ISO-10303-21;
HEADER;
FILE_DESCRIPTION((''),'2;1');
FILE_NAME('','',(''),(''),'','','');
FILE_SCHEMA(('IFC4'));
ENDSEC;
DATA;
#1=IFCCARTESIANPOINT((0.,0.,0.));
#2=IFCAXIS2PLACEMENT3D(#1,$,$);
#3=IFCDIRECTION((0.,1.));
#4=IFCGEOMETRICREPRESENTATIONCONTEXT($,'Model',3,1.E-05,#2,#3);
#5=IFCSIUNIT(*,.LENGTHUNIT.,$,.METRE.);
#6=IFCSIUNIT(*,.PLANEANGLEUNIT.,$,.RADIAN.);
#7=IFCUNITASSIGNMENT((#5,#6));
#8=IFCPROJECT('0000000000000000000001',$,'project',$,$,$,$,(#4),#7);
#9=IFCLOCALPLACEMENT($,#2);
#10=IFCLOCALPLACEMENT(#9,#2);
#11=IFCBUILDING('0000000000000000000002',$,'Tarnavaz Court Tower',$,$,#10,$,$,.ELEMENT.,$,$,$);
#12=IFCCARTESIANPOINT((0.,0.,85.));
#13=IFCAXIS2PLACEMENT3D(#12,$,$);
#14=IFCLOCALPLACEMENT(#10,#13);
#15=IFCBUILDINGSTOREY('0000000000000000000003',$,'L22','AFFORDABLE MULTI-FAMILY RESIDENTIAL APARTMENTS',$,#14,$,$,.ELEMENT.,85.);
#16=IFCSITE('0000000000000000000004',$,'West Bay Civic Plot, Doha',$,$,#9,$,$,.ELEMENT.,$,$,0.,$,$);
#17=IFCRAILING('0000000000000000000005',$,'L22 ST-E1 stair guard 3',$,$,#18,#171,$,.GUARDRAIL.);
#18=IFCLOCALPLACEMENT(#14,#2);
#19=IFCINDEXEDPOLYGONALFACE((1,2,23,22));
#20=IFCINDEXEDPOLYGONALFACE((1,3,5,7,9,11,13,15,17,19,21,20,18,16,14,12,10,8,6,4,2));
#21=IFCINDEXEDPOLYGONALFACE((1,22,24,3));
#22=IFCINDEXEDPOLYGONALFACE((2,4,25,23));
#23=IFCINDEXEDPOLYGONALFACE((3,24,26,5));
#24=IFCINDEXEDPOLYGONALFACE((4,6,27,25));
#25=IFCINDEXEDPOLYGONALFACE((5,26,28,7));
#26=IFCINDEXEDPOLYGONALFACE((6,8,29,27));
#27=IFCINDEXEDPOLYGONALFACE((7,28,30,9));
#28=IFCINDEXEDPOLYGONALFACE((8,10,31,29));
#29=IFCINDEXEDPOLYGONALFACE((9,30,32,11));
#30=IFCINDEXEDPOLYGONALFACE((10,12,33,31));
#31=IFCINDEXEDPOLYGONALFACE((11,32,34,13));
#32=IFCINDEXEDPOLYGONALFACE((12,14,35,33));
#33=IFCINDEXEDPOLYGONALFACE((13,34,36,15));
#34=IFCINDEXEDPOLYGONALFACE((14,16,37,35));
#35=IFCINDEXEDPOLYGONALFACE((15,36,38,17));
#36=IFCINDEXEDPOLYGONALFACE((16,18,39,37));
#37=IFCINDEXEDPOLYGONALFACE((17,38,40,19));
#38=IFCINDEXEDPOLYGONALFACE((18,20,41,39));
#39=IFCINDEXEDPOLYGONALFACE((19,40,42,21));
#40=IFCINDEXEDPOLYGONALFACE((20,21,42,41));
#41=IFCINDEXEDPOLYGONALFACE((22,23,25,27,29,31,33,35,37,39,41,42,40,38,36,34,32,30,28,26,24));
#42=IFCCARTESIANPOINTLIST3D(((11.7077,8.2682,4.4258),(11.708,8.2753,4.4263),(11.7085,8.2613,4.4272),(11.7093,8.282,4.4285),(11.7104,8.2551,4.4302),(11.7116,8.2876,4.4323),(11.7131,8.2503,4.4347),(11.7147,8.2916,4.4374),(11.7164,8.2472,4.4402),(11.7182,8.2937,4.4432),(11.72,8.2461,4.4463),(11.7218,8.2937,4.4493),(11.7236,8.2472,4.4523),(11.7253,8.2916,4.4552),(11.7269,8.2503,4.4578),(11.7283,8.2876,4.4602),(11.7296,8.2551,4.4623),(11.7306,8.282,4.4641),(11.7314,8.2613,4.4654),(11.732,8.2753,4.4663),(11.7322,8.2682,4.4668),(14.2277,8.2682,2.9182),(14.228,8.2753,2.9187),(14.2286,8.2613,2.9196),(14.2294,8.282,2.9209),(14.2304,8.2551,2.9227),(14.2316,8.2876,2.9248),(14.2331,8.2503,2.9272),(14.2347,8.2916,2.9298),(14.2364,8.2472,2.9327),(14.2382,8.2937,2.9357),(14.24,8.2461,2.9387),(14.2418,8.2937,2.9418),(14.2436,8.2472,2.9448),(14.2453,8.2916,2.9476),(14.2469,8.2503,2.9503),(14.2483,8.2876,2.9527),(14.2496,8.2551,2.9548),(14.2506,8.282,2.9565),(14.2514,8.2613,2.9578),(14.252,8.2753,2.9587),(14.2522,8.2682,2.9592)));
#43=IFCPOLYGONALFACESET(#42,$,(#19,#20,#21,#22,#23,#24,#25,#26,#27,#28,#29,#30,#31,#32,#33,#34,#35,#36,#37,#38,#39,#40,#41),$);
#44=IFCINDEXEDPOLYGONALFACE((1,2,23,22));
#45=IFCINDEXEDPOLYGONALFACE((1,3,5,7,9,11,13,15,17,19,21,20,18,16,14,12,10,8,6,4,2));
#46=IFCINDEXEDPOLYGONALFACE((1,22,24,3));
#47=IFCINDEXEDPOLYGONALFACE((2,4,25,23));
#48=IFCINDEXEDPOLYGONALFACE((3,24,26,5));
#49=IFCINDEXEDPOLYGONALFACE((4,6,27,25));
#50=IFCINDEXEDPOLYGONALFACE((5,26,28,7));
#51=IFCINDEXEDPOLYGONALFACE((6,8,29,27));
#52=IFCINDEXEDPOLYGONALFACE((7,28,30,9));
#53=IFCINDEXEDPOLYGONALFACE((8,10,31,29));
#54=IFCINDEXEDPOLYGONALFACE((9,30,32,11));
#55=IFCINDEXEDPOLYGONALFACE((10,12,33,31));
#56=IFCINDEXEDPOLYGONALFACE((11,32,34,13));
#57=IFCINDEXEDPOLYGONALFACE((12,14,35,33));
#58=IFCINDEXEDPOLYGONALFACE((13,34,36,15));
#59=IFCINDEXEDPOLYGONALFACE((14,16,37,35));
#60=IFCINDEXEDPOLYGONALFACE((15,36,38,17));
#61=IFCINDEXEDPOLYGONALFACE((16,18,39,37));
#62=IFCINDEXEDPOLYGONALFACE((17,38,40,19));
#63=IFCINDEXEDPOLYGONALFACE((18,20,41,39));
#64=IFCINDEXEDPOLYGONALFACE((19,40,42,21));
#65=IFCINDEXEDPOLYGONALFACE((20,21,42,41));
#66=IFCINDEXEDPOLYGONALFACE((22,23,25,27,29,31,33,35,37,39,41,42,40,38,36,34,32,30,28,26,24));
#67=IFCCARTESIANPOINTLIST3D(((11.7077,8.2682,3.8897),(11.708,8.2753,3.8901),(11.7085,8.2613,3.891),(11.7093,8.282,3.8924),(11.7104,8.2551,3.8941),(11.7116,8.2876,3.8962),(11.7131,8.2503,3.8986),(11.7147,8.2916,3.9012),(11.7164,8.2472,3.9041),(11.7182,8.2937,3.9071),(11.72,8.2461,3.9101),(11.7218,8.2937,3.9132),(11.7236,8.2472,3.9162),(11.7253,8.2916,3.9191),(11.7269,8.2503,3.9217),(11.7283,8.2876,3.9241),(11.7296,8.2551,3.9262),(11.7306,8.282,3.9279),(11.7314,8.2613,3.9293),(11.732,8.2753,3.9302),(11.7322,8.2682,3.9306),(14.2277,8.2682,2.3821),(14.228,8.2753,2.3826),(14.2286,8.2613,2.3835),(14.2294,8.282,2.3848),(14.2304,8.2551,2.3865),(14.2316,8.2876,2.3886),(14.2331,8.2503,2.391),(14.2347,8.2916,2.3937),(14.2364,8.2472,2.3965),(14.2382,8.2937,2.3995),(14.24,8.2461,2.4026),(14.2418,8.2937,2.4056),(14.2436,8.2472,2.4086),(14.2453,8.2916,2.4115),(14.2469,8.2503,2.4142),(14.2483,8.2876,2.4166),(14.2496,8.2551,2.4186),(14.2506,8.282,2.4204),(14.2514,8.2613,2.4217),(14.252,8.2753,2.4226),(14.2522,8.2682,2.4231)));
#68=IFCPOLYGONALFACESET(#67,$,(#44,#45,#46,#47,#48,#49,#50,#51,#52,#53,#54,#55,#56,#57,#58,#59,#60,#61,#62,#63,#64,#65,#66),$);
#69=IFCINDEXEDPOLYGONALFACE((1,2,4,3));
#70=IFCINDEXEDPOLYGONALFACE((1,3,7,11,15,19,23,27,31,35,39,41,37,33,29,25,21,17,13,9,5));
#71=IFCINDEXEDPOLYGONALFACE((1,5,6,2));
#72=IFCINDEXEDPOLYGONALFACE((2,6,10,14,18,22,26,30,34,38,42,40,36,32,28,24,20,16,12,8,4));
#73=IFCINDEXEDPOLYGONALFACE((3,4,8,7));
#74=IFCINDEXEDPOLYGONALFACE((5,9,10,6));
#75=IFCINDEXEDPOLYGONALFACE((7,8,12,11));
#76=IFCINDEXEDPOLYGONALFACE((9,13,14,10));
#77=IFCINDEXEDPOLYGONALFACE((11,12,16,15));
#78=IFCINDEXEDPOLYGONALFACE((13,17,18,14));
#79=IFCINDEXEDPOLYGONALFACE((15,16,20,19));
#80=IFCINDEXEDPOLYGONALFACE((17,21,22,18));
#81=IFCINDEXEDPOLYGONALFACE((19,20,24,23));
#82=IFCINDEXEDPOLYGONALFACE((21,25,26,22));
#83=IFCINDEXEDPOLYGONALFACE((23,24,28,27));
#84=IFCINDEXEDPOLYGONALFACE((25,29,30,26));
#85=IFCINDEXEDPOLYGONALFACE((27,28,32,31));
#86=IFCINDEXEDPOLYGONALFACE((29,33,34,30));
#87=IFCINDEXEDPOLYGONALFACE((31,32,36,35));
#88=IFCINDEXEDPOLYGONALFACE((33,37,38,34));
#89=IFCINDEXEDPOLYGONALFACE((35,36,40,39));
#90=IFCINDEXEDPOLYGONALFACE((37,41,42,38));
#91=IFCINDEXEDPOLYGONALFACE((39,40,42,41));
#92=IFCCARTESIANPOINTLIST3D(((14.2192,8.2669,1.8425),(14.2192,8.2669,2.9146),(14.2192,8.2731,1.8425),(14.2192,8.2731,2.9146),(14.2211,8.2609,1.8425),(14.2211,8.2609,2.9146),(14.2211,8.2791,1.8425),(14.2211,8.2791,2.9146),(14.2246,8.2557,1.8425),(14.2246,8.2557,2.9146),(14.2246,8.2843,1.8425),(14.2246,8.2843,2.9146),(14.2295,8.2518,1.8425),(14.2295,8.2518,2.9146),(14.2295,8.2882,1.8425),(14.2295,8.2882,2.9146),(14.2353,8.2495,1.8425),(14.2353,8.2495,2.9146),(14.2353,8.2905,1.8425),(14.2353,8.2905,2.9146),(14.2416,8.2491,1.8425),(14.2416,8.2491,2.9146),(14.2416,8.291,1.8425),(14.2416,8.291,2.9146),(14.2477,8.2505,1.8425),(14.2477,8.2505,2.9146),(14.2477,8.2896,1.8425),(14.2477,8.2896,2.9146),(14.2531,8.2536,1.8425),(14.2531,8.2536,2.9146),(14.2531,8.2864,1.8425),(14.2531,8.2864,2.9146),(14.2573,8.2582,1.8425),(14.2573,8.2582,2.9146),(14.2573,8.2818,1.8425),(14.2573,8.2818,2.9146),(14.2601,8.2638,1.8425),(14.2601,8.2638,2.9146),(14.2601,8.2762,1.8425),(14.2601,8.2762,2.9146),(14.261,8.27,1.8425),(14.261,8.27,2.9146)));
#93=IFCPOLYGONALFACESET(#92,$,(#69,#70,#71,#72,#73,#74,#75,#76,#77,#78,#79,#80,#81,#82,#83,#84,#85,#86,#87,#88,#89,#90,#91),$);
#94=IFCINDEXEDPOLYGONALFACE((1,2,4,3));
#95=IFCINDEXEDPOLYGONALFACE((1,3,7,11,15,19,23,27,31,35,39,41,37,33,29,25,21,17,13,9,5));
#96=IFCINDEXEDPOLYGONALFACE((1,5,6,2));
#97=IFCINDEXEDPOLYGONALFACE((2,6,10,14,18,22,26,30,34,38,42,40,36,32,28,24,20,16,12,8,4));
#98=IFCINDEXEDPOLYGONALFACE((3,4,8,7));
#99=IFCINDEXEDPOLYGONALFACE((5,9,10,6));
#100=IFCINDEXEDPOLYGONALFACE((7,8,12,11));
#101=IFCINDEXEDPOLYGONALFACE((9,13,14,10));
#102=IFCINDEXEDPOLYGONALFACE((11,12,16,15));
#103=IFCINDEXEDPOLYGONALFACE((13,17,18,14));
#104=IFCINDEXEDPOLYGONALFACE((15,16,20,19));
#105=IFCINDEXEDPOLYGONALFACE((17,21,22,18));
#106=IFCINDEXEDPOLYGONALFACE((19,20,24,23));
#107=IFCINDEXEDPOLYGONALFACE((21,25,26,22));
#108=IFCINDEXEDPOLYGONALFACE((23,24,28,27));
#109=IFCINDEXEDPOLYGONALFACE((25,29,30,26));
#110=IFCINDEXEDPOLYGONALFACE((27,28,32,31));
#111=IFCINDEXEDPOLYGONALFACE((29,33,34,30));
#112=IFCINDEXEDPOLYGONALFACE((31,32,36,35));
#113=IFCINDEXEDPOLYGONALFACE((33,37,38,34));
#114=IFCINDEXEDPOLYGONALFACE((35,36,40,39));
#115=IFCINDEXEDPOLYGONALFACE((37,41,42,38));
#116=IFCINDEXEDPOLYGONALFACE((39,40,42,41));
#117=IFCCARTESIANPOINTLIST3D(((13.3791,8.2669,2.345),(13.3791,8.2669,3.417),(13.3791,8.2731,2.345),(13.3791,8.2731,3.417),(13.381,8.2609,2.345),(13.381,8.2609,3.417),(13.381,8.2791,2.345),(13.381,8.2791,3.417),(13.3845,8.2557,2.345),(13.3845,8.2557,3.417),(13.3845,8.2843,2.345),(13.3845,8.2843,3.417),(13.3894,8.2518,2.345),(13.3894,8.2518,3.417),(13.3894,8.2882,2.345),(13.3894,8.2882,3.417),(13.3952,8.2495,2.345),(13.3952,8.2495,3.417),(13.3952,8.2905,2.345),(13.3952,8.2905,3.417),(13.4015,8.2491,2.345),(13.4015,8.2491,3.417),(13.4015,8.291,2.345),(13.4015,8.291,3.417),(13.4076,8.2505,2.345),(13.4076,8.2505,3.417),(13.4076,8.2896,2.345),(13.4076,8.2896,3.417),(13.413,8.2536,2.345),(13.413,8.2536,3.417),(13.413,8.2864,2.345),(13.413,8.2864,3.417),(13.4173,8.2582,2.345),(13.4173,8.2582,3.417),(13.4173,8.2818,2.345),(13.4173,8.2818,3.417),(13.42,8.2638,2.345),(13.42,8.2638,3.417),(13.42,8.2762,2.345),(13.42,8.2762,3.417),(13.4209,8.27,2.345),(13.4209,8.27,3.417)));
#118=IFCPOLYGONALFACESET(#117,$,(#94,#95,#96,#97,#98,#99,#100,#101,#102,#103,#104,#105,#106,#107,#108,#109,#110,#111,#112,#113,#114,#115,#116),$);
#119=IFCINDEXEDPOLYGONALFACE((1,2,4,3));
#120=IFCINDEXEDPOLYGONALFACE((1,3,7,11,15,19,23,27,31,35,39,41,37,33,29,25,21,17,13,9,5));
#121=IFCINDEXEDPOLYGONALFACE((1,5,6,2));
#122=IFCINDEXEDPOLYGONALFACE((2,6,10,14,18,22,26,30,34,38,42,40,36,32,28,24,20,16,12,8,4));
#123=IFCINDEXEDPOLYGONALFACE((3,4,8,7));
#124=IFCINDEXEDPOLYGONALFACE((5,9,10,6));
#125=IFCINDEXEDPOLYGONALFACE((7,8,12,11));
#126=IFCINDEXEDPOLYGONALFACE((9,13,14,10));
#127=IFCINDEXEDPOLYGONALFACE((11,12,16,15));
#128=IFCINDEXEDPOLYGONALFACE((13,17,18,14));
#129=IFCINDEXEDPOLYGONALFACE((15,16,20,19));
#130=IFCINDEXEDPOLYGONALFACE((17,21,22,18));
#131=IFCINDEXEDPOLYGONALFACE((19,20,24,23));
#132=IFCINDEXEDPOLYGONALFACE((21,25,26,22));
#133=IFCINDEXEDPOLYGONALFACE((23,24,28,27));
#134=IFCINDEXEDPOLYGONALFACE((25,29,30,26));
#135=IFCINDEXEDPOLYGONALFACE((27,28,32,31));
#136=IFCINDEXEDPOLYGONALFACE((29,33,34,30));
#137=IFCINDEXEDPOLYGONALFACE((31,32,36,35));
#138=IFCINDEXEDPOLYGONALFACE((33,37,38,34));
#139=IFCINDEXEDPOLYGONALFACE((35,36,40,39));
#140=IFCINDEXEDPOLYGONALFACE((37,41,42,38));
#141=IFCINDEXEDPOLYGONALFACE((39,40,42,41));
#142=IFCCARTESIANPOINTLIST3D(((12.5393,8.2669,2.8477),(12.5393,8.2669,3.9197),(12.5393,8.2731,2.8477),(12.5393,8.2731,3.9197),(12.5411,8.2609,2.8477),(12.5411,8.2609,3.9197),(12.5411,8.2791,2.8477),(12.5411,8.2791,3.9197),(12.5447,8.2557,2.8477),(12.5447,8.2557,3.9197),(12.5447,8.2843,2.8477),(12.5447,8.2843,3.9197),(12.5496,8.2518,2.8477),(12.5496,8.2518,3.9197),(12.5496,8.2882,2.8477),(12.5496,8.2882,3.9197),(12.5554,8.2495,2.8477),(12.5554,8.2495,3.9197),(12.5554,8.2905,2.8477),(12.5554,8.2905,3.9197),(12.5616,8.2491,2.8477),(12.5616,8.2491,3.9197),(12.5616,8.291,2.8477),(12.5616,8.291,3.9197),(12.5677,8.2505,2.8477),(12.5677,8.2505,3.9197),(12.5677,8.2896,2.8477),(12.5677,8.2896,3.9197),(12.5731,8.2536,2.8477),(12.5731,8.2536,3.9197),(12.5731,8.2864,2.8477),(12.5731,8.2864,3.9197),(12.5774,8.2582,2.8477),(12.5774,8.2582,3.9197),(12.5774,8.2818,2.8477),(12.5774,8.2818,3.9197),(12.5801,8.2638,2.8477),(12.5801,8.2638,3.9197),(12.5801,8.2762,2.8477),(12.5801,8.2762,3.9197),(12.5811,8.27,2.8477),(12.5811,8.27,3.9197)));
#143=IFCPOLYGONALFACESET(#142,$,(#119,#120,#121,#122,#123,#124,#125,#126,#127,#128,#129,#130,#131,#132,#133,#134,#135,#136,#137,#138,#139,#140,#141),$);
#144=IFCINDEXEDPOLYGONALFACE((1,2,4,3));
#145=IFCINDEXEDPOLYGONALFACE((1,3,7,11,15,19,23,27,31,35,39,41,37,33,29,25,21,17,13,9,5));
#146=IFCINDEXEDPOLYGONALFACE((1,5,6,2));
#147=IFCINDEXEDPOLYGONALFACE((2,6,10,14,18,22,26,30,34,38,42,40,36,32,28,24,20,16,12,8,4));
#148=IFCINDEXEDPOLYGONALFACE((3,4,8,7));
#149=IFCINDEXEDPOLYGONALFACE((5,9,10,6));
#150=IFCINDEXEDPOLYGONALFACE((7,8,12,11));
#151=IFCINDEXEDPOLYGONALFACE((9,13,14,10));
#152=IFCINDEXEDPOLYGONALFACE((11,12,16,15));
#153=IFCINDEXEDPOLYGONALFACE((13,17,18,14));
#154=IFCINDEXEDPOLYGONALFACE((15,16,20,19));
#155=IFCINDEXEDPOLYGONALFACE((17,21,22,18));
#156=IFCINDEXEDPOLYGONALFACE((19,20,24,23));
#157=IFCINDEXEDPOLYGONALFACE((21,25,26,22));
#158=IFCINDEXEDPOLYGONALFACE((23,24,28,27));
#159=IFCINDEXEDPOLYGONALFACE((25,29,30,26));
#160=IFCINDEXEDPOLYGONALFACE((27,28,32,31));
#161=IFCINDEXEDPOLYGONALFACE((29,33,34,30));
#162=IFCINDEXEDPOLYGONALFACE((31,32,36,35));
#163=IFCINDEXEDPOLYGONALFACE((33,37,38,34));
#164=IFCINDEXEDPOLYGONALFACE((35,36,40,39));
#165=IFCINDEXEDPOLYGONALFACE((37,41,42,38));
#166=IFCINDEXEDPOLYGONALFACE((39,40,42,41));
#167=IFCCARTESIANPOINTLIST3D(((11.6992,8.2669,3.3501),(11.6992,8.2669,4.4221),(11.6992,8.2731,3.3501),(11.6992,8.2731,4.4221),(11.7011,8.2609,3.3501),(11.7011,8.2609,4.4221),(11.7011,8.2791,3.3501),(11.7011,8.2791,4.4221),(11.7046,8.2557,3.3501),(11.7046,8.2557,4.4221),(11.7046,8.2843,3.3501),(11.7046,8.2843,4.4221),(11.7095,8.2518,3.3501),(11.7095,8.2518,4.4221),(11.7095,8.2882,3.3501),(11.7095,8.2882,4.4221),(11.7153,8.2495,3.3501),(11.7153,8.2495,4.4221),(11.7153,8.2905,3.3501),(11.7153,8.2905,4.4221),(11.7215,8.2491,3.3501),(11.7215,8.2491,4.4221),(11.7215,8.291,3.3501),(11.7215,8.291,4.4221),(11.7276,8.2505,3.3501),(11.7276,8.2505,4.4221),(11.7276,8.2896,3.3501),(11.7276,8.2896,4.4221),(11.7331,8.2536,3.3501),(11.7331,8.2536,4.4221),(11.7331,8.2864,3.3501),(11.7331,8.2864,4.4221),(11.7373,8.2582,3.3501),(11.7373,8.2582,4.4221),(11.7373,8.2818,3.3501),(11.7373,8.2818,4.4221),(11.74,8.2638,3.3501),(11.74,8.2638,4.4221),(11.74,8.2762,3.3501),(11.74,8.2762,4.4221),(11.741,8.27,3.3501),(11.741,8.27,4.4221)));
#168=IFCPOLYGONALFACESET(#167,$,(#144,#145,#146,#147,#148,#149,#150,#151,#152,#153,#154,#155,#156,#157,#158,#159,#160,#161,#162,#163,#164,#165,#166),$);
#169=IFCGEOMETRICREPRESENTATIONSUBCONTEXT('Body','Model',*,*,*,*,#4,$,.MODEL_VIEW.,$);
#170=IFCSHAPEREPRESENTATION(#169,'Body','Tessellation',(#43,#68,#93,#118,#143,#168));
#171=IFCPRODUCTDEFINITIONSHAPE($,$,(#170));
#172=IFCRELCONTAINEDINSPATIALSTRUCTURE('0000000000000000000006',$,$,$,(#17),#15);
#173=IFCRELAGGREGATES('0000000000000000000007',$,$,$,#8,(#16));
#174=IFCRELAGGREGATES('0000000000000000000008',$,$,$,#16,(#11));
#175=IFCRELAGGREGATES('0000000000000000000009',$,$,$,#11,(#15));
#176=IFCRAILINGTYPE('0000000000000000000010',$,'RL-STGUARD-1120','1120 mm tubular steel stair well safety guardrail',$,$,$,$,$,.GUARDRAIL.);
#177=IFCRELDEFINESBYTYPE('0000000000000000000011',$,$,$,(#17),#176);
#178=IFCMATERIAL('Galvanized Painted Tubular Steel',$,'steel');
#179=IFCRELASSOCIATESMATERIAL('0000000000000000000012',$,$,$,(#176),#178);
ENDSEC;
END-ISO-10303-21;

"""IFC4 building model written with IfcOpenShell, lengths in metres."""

from ifc_helpers import new_model, si_unit, direction, frame, origin, origin_2d, place, context, subcontext, project, spatial, circle, extrude, material, type_object, element, save


model = new_model("IFC4")

# Units and contexts
model_context = context("Model", 3, precision=1e-05, world=origin(), true_north=direction((0.0, 1.0)))
body_context = subcontext(model_context, "Body", "Model", "MODEL_VIEW")
ifc_project = project(units=[si_unit("LENGTHUNIT", "METRE"), si_unit("PLANEANGLEUNIT", "RADIAN")], contexts=[model_context])

# Site, building, storey
site_placement = place(None, origin())
site = spatial("IfcSite", under=ifc_project, at=site_placement, Name="West Bay Civic Plot, Doha", CompositionType="ELEMENT", RefElevation=0.0)
building_placement = place(site_placement, origin())
building = spatial("IfcBuilding", under=site, at=building_placement, Name="Tarnavaz Court Tower", CompositionType="ELEMENT")
storey_placement = place(building_placement, frame((0.0, 0.0, 85.0)))
storey = spatial("IfcBuildingStorey", under=building, at=storey_placement, Name="L22", Description="AFFORDABLE MULTI-FAMILY RESIDENTIAL APARTMENTS", CompositionType="ELEMENT", Elevation=85.0)

# Railing
ifc_material_1 = material(Name="Galvanized Painted Tubular Steel", Category="steel")
railing_type_1 = type_object("IfcRailingType", Name="RL-STGUARD-1120", Description="1120 mm tubular steel stair well safety guardrail", PredefinedType="GUARDRAIL", material=ifc_material_1)
railing_1_placement = place(storey_placement, frame((14.24, 8.27, 1.8425)))
element("IfcRailing", 1, at=railing_1_placement, inside=storey, type_object=railing_type_1, Name="L22 ST-E1 stair guard 3", PredefinedType="GUARDRAIL", context=body_context, shape_type="SweptSolid", body=[
    extrude(circle(Radius=0.0239, at=origin_2d()), frame((0.0, 0.0, 1.0962), z_axis=(-0.85816, 0.0, 0.513383), x_axis=(0.0, -1.0, 0.0)), (0.0, 0.0, 1.0), 2.9365),
    extrude(circle(Radius=0.0239, at=origin_2d()), frame((0.0, 0.0, 0.5601), z_axis=(-0.85816, 0.0, 0.513383), x_axis=(0.0, -1.0, 0.0)), (0.0, 0.0, 1.0), 2.9365),
    extrude(circle(Radius=0.021, at=origin_2d()), origin(), (0.0, 0.0, 1.0), 1.072),
    extrude(circle(Radius=0.021, at=origin_2d()), frame((-0.8401, 0.0, 0.5024)), (0.0, 0.0, 1.0), 1.072),
    extrude(circle(Radius=0.021, at=origin_2d()), frame((-1.6799, 0.0, 1.0051)), (0.0, 0.0, 1.0), 1.072),
    extrude(circle(Radius=0.021, at=origin_2d()), frame((-2.52, 0.0, 1.5076)), (0.0, 0.0, 1.0), 1.072),
])

save(model, "model.ifc")
